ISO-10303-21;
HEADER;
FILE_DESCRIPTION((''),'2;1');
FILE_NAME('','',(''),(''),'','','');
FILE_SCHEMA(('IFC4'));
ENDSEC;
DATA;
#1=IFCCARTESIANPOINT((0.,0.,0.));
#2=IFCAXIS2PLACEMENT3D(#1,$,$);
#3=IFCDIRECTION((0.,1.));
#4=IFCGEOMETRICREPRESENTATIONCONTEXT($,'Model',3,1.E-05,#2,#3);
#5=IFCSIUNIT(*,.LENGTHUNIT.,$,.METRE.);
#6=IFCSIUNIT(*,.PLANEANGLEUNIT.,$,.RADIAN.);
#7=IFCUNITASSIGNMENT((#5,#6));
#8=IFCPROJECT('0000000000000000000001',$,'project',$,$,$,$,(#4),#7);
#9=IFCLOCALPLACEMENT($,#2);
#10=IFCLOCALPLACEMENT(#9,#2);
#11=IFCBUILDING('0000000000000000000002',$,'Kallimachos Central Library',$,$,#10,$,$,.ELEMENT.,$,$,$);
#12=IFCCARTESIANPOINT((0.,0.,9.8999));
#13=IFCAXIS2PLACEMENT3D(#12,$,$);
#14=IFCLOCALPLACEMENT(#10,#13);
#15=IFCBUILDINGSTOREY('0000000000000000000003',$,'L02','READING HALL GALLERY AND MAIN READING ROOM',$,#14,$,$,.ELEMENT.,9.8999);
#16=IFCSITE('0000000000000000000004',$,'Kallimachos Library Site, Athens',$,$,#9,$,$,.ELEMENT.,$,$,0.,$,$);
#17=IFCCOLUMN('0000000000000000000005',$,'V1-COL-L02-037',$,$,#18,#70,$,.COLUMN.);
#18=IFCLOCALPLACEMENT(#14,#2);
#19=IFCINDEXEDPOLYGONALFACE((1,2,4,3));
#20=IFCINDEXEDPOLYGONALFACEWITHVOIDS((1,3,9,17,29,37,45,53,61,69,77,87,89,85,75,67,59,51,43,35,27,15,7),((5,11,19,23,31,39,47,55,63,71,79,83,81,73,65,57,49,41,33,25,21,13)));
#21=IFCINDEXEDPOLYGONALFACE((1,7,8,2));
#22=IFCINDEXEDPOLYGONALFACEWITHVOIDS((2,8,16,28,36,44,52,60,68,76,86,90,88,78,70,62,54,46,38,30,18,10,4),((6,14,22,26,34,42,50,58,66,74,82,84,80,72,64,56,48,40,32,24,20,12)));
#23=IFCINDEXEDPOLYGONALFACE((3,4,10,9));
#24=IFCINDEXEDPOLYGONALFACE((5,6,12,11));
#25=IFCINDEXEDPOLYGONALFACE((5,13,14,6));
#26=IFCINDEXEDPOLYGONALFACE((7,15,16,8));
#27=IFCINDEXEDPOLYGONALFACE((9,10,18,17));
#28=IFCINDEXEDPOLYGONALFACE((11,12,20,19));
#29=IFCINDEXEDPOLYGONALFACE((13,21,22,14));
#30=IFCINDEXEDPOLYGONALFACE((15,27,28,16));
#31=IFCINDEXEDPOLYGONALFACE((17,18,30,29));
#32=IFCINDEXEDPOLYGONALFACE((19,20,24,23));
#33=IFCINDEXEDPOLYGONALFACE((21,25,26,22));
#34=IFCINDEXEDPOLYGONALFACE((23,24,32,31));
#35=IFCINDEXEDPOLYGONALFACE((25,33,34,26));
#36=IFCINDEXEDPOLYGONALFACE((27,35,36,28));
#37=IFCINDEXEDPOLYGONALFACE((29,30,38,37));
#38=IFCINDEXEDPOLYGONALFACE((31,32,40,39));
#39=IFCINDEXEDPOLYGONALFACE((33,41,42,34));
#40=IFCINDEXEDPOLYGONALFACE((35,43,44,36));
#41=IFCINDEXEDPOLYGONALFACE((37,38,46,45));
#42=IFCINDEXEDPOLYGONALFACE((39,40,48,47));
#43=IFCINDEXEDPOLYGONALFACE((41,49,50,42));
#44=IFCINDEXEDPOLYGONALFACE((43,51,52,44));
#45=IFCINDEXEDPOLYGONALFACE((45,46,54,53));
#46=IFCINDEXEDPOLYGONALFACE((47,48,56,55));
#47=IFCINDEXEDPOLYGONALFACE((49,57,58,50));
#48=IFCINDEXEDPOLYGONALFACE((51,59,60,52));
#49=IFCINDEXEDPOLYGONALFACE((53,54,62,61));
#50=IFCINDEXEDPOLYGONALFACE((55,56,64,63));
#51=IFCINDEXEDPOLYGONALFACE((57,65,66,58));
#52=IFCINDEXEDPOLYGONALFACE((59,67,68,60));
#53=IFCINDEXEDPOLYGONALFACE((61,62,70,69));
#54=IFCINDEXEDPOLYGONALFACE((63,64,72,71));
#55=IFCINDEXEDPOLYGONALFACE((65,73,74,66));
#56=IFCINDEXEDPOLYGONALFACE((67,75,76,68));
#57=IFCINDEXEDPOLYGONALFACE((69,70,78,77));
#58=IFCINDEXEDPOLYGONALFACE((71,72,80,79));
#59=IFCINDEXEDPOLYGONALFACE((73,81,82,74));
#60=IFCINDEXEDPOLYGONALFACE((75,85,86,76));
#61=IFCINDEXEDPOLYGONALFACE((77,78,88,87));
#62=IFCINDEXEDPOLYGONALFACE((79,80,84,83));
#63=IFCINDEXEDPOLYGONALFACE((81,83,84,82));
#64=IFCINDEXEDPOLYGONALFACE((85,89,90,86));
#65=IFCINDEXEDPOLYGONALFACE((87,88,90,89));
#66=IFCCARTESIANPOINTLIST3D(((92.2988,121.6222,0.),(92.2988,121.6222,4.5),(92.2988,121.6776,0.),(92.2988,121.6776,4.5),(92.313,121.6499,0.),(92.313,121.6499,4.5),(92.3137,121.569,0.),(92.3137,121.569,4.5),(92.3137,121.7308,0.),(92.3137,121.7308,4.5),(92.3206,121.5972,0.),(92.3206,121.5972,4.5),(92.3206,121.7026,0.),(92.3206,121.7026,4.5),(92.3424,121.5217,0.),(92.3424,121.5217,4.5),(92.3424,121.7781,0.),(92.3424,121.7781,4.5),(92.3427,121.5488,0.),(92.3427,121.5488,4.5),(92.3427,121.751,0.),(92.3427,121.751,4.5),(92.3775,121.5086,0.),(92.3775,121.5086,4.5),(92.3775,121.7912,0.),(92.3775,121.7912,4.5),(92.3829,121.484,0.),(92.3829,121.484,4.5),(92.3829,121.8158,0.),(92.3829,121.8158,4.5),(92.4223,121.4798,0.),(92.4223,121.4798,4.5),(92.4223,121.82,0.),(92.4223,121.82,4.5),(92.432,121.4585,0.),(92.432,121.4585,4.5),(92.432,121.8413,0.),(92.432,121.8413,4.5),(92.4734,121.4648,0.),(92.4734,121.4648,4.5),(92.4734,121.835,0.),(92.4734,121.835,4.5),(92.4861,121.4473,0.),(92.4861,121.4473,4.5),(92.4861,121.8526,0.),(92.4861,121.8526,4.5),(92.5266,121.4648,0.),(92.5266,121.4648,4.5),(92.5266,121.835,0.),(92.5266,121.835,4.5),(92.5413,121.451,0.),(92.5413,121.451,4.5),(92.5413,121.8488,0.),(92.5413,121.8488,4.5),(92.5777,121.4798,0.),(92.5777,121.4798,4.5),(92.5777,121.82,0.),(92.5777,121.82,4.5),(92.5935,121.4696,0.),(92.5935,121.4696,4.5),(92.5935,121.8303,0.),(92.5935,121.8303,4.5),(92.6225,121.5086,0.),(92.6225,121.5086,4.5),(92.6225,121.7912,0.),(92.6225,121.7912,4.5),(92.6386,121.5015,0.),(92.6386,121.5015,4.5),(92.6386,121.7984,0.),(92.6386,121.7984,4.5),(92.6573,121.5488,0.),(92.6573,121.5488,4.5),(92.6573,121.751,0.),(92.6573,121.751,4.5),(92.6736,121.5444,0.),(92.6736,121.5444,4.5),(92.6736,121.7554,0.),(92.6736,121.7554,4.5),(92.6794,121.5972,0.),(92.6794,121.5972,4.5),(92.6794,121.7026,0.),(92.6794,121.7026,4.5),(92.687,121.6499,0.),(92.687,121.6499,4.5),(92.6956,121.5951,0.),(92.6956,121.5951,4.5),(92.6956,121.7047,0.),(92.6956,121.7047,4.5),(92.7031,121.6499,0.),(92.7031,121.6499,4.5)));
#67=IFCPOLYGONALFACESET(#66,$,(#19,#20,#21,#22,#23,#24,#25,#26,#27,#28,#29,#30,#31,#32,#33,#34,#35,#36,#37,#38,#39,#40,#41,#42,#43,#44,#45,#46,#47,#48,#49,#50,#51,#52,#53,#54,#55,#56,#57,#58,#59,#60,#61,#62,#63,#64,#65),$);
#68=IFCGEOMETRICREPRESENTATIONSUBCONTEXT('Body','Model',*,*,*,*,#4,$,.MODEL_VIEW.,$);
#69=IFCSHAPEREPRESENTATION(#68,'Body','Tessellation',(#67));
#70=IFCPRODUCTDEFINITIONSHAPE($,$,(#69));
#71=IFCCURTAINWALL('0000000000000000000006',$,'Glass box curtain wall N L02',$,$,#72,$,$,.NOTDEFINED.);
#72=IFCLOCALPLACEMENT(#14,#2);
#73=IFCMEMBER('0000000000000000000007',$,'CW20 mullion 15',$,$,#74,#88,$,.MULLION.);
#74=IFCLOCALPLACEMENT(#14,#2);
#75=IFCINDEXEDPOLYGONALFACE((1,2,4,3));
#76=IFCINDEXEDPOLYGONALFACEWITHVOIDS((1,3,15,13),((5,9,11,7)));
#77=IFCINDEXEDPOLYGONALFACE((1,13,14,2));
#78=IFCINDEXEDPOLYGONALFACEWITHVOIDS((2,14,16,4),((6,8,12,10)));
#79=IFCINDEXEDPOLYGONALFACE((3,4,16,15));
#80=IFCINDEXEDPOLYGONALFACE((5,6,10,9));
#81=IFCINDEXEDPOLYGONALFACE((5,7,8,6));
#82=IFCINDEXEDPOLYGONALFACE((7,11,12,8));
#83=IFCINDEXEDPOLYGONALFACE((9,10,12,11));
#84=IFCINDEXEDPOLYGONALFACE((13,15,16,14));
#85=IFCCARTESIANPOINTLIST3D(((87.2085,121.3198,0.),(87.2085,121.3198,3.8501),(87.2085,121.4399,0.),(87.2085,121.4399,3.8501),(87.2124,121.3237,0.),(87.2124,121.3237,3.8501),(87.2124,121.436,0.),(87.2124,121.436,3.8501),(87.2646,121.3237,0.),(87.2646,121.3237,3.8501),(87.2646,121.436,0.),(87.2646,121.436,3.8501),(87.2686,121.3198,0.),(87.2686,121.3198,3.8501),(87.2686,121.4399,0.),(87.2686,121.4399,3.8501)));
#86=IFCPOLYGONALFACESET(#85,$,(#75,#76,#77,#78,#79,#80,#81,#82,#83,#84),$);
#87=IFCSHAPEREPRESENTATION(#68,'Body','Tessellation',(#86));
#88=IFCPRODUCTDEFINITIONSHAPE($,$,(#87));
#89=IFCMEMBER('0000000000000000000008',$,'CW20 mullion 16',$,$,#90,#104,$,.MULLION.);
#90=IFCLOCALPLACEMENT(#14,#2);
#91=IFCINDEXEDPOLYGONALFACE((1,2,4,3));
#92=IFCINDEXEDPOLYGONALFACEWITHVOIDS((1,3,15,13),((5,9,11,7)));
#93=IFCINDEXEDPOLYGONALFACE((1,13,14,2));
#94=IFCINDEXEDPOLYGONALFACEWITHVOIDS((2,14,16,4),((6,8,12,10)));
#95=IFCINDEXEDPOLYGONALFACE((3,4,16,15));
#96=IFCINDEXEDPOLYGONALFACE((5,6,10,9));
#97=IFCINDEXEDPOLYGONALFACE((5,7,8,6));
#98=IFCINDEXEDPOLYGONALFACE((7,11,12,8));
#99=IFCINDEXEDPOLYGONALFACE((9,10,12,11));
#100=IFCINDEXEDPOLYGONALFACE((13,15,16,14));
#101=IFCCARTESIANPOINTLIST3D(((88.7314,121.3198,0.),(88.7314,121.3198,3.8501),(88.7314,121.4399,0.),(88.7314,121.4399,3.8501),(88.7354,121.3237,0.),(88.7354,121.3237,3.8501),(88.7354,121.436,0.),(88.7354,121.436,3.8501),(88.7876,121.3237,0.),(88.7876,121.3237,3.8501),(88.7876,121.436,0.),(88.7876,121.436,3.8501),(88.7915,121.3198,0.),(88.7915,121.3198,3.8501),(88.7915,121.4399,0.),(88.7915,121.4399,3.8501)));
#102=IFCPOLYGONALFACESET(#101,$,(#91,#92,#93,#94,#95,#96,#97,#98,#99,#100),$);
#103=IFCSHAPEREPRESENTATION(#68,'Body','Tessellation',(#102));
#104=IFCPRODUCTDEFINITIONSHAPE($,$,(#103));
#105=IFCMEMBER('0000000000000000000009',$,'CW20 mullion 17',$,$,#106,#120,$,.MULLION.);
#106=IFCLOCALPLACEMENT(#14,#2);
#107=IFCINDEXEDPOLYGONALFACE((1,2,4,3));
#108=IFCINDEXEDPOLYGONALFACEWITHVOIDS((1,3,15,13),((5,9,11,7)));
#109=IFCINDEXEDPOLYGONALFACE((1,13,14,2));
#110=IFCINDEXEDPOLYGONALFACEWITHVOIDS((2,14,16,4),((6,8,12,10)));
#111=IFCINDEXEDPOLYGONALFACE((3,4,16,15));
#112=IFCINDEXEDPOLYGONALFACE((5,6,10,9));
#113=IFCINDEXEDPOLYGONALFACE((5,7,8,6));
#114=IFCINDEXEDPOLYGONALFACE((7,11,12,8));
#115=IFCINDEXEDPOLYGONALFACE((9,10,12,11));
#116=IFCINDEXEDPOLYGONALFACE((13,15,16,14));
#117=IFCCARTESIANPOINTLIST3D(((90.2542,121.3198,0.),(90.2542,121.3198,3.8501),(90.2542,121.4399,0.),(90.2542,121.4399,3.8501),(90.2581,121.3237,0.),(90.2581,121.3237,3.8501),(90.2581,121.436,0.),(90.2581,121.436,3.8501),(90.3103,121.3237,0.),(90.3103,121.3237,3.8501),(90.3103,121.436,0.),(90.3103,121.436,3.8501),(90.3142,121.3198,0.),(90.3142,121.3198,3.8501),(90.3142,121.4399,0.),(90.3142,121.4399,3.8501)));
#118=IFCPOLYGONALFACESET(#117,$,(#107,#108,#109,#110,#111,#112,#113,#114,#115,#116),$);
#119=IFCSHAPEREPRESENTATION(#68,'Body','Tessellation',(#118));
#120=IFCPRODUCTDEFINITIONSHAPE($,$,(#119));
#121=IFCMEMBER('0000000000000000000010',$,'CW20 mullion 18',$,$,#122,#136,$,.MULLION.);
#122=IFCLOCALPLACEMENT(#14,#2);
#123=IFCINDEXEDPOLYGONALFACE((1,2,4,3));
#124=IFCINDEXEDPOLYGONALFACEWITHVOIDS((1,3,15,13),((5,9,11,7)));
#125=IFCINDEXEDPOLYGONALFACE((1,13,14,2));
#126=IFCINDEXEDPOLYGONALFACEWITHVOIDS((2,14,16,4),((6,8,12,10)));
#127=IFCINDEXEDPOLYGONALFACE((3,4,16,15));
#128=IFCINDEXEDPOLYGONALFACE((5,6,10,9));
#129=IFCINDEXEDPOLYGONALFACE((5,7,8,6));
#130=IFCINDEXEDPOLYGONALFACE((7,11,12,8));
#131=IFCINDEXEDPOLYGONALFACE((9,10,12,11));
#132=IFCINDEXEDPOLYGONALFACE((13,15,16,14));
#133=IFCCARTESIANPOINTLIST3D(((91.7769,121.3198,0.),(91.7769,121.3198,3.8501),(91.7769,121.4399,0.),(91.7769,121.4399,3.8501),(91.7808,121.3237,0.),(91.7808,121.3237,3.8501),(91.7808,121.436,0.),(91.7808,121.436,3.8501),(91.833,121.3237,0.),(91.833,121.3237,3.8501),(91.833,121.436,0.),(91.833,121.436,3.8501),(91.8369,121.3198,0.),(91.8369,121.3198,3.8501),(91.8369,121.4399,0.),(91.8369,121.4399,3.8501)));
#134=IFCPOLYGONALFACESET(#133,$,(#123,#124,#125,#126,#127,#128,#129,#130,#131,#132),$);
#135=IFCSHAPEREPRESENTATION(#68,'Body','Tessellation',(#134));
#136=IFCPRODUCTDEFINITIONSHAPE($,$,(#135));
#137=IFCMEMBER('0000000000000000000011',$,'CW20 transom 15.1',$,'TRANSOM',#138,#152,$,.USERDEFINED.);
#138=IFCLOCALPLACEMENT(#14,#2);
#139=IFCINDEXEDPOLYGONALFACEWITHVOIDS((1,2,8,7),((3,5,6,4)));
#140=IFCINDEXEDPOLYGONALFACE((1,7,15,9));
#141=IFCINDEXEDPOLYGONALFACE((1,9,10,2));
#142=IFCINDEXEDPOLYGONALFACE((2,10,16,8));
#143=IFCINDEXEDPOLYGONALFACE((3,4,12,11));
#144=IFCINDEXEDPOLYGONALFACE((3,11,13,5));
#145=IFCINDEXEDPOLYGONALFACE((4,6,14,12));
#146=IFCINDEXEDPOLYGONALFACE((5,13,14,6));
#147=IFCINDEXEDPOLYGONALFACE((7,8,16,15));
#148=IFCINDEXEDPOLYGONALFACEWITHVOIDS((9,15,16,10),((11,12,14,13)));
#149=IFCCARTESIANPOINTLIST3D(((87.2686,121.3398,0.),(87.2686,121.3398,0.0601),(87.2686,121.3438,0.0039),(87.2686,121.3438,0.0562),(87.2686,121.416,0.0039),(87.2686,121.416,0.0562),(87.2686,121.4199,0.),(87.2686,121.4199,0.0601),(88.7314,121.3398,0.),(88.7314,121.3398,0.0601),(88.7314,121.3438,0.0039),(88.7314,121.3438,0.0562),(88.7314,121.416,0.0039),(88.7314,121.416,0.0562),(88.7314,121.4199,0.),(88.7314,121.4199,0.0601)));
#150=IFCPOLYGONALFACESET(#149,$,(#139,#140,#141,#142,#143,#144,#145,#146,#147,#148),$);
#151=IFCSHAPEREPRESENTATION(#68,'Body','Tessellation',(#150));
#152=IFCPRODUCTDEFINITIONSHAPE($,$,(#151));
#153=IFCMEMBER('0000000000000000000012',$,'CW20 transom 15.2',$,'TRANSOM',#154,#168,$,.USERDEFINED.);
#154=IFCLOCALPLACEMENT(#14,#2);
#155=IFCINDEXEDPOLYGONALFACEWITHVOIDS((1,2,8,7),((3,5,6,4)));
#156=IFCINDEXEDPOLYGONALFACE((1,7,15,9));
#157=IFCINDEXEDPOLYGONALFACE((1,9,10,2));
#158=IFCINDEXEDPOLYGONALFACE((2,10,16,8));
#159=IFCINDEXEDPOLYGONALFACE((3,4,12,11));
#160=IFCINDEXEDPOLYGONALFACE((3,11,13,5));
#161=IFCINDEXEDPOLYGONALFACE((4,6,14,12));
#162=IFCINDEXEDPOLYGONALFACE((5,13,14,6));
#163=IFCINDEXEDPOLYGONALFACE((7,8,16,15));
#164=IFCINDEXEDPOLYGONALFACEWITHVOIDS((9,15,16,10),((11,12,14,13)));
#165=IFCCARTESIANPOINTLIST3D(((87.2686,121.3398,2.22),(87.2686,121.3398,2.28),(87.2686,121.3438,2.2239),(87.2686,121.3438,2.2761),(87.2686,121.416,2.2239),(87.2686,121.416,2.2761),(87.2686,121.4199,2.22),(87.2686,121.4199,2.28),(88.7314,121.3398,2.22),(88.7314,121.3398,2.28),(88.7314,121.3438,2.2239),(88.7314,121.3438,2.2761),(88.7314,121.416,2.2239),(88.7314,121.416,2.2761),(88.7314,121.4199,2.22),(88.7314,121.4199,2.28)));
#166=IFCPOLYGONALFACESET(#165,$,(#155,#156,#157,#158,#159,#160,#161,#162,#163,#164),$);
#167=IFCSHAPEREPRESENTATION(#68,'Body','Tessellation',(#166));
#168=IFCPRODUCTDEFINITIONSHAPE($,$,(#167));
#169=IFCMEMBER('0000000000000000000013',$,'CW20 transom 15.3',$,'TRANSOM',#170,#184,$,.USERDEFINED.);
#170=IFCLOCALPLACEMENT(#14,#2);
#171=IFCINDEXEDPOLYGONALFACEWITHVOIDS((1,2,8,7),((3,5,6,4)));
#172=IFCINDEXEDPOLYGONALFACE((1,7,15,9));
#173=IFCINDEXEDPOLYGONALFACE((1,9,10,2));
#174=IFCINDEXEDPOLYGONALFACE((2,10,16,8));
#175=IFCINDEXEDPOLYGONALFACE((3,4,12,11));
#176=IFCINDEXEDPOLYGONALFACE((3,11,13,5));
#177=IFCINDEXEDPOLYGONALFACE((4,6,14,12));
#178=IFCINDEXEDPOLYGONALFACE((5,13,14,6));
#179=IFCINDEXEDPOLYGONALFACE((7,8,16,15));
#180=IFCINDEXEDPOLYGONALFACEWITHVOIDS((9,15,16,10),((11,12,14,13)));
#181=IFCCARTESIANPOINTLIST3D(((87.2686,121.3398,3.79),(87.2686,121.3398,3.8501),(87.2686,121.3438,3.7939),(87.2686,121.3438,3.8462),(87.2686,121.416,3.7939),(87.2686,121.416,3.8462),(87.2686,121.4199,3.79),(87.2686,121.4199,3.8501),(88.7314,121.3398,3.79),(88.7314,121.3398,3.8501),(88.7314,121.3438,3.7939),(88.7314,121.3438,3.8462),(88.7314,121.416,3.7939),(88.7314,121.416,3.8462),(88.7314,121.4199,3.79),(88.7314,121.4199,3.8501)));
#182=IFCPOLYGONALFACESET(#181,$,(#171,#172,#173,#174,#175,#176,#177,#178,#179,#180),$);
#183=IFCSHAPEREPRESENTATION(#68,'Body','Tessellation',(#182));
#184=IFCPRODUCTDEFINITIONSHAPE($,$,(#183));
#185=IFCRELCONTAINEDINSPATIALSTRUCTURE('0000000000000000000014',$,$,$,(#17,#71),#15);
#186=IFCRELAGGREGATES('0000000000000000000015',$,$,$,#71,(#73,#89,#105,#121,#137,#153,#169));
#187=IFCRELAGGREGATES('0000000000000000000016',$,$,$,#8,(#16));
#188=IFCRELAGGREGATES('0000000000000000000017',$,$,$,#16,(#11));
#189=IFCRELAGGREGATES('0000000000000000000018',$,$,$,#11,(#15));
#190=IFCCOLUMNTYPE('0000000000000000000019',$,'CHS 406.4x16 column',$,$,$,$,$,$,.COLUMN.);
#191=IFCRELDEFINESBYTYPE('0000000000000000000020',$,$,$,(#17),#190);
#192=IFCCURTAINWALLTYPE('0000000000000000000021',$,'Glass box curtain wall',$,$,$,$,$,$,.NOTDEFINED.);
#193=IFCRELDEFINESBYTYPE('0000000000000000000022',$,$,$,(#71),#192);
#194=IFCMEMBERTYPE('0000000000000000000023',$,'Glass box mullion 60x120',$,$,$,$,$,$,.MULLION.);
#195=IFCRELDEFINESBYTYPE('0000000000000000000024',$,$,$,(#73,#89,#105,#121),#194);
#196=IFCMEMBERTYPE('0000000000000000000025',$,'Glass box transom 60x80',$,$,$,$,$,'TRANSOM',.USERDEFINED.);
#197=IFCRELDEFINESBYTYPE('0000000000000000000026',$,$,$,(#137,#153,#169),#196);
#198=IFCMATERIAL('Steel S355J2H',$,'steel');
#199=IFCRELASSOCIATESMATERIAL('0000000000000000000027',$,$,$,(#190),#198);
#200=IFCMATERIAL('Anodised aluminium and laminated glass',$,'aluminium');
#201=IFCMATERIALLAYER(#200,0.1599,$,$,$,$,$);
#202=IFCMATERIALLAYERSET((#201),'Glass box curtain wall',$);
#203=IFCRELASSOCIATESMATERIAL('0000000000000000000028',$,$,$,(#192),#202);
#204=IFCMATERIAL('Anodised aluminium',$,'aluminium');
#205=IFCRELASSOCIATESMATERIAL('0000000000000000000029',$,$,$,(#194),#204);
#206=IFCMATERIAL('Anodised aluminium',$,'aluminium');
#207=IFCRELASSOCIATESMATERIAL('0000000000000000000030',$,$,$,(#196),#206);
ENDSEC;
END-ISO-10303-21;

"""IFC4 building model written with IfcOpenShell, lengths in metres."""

from ifc_helpers import new_model, si_unit, direction, frame, origin, origin_2d, place, context, subcontext, project, spatial, hollow_rectangle, hollow_circle, extrude, material, layer, layer_set, material_profile, profile_set, type_object, element, aggregate, save


model = new_model("IFC4")

# Units and contexts
model_context = context("Model", 3, precision=1e-05, world=origin(), true_north=direction((0.0, 1.0)))
body_context = subcontext(model_context, "Body", "Model", "MODEL_VIEW")
ifc_project = project(units=[si_unit("LENGTHUNIT", "METRE"), si_unit("PLANEANGLEUNIT", "RADIAN")], contexts=[model_context])

# Site, building, storey
site_placement = place(None, origin())
site = spatial("IfcSite", under=ifc_project, at=site_placement, Name="Kallimachos Library Site, Athens", CompositionType="ELEMENT", RefElevation=0.0)
building_placement = place(site_placement, origin())
building = spatial("IfcBuilding", under=site, at=building_placement, Name="Kallimachos Central Library", CompositionType="ELEMENT")
storey_placement = place(building_placement, frame((0.0, 0.0, 9.8999)))
storey = spatial("IfcBuildingStorey", under=building, at=storey_placement, Name="L02", Description="READING HALL GALLERY AND MAIN READING ROOM", CompositionType="ELEMENT", Elevation=9.8999)

# Column
ifc_material_1 = material(Name="Steel S355J2H", Category="steel")
ifc_material_profile_1 = material_profile(ifc_material_1, hollow_circle(Radius=0.2031, WallThickness=0.0161, at=origin_2d()), Name="CHS 406.4x16")
ifc_profile_set_1 = profile_set([ifc_material_profile_1], Name="Steel S355J2H")
column_type = type_object("IfcColumnType", Name="CHS 406.4x16 column", PredefinedType="COLUMN", material=ifc_profile_set_1)
column_placement = place(storey_placement, frame((92.5, 121.6499, 0.0), z_axis=(0.0, 0.0, 1.0), x_axis=(1.0, 0.0, 0.0)))
element("IfcColumn", 1, at=column_placement, inside=storey, type_object=column_type, Name="V1-COL-L02-037", PredefinedType="COLUMN", context=body_context, shape_type="SweptSolid", body=[
    extrude(hollow_circle(Radius=0.2031, WallThickness=0.0161, at=origin_2d()), origin(), (0.0, 0.0, 1.0), 4.5),
])

# Curtain wall, members
ifc_material_2 = material(Name="Anodised aluminium and laminated glass", Category="aluminium")
ifc_layer_1 = layer(ifc_material_2, 0.1599)
ifc_layer_set_1 = layer_set([ifc_layer_1], Name="Glass box curtain wall")
curtain_wall_type = type_object("IfcCurtainWallType", Name="Glass box curtain wall", PredefinedType="NOTDEFINED", material=ifc_layer_set_1)
curtain_wall_placement = place(storey_placement, origin())
curtain_wall = element("IfcCurtainWall", 2, at=curtain_wall_placement, inside=storey, type_object=curtain_wall_type, Name="Glass box curtain wall N L02", PredefinedType="NOTDEFINED")
ifc_material_3 = material(Name="Anodised aluminium", Category="aluminium")
ifc_material_profile_2 = material_profile(ifc_material_3, hollow_rectangle(XDim=0.0601, YDim=0.1201, WallThickness=0.0039, at=origin_2d()), Name="ALU MULLION 60x120")
ifc_profile_set_2 = profile_set([ifc_material_profile_2], Name="Anodised aluminium")
member_type_1 = type_object("IfcMemberType", Name="Glass box mullion 60x120", PredefinedType="MULLION", material=ifc_profile_set_2)
member_1_placement = place(storey_placement, frame((87.2385, 121.3799, 0.0), z_axis=(0.0, 0.0, 1.0), x_axis=(1.0, 0.0, 0.0)))
member_1 = element("IfcMember", 3, at=member_1_placement, type_object=member_type_1, Name="CW20 mullion 15", PredefinedType="MULLION", context=body_context, shape_type="SweptSolid", body=[
    extrude(hollow_rectangle(XDim=0.0601, YDim=0.1201, WallThickness=0.0039, at=origin_2d()), origin(), (0.0, 0.0, 1.0), 3.8501),
])
member_2_placement = place(storey_placement, frame((88.7615, 121.3799, 0.0), z_axis=(0.0, 0.0, 1.0), x_axis=(1.0, 0.0, 0.0)))
member_2 = element("IfcMember", 4, at=member_2_placement, type_object=member_type_1, Name="CW20 mullion 16", PredefinedType="MULLION", context=body_context, shape_type="SweptSolid", body=[
    extrude(hollow_rectangle(XDim=0.0601, YDim=0.1201, WallThickness=0.0039, at=origin_2d()), origin(), (0.0, 0.0, 1.0), 3.8501),
])
member_3_placement = place(storey_placement, frame((90.2842, 121.3799, 0.0), z_axis=(0.0, 0.0, 1.0), x_axis=(1.0, 0.0, 0.0)))
member_3 = element("IfcMember", 5, at=member_3_placement, type_object=member_type_1, Name="CW20 mullion 17", PredefinedType="MULLION", context=body_context, shape_type="SweptSolid", body=[
    extrude(hollow_rectangle(XDim=0.0601, YDim=0.1201, WallThickness=0.0039, at=origin_2d()), origin(), (0.0, 0.0, 1.0), 3.8501),
])
member_4_placement = place(storey_placement, frame((91.8069, 121.3799, 0.0), z_axis=(0.0, 0.0, 1.0), x_axis=(1.0, 0.0, 0.0)))
member_4 = element("IfcMember", 6, at=member_4_placement, type_object=member_type_1, Name="CW20 mullion 18", PredefinedType="MULLION", context=body_context, shape_type="SweptSolid", body=[
    extrude(hollow_rectangle(XDim=0.0601, YDim=0.1201, WallThickness=0.0039, at=origin_2d()), origin(), (0.0, 0.0, 1.0), 3.8501),
])
ifc_material_4 = material(Name="Anodised aluminium", Category="aluminium")
ifc_material_profile_3 = material_profile(ifc_material_4, hollow_rectangle(XDim=0.0601, YDim=0.0801, WallThickness=0.0039, at=origin_2d()), Name="ALU TRANSOM 60x80")
ifc_profile_set_3 = profile_set([ifc_material_profile_3], Name="Anodised aluminium")
member_type_2 = type_object("IfcMemberType", Name="Glass box transom 60x80", ElementType="TRANSOM", PredefinedType="USERDEFINED", material=ifc_profile_set_3)
member_5_placement = place(storey_placement, frame((87.2686, 121.3799, 0.03), z_axis=(1.0, 0.0, 0.0), x_axis=(0.0, 0.0, 1.0)))
member_5 = element("IfcMember", 7, at=member_5_placement, type_object=member_type_2, Name="CW20 transom 15.1", ObjectType="TRANSOM", PredefinedType="USERDEFINED", context=body_context, shape_type="SweptSolid", body=[
    extrude(hollow_rectangle(XDim=0.0601, YDim=0.0801, WallThickness=0.0039, at=origin_2d()), origin(), (0.0, 0.0, 1.0), 1.4629),
])
member_6_placement = place(storey_placement, frame((87.2686, 121.3799, 2.25), z_axis=(1.0, 0.0, 0.0), x_axis=(0.0, 0.0, 1.0)))
member_6 = element("IfcMember", 8, at=member_6_placement, type_object=member_type_2, Name="CW20 transom 15.2", ObjectType="TRANSOM", PredefinedType="USERDEFINED", context=body_context, shape_type="SweptSolid", body=[
    extrude(hollow_rectangle(XDim=0.0601, YDim=0.0801, WallThickness=0.0039, at=origin_2d()), origin(), (0.0, 0.0, 1.0), 1.4629),
])
member_7_placement = place(storey_placement, frame((87.2686, 121.3799, 3.8201), z_axis=(1.0, 0.0, 0.0), x_axis=(0.0, 0.0, 1.0)))
member_7 = element("IfcMember", 9, at=member_7_placement, type_object=member_type_2, Name="CW20 transom 15.3", ObjectType="TRANSOM", PredefinedType="USERDEFINED", context=body_context, shape_type="SweptSolid", body=[
    extrude(hollow_rectangle(XDim=0.0601, YDim=0.0801, WallThickness=0.0039, at=origin_2d()), origin(), (0.0, 0.0, 1.0), 1.4629),
])
aggregate(curtain_wall, [member_1, member_2, member_3, member_4, member_5, member_6, member_7])

save(model, "model.ifc")
